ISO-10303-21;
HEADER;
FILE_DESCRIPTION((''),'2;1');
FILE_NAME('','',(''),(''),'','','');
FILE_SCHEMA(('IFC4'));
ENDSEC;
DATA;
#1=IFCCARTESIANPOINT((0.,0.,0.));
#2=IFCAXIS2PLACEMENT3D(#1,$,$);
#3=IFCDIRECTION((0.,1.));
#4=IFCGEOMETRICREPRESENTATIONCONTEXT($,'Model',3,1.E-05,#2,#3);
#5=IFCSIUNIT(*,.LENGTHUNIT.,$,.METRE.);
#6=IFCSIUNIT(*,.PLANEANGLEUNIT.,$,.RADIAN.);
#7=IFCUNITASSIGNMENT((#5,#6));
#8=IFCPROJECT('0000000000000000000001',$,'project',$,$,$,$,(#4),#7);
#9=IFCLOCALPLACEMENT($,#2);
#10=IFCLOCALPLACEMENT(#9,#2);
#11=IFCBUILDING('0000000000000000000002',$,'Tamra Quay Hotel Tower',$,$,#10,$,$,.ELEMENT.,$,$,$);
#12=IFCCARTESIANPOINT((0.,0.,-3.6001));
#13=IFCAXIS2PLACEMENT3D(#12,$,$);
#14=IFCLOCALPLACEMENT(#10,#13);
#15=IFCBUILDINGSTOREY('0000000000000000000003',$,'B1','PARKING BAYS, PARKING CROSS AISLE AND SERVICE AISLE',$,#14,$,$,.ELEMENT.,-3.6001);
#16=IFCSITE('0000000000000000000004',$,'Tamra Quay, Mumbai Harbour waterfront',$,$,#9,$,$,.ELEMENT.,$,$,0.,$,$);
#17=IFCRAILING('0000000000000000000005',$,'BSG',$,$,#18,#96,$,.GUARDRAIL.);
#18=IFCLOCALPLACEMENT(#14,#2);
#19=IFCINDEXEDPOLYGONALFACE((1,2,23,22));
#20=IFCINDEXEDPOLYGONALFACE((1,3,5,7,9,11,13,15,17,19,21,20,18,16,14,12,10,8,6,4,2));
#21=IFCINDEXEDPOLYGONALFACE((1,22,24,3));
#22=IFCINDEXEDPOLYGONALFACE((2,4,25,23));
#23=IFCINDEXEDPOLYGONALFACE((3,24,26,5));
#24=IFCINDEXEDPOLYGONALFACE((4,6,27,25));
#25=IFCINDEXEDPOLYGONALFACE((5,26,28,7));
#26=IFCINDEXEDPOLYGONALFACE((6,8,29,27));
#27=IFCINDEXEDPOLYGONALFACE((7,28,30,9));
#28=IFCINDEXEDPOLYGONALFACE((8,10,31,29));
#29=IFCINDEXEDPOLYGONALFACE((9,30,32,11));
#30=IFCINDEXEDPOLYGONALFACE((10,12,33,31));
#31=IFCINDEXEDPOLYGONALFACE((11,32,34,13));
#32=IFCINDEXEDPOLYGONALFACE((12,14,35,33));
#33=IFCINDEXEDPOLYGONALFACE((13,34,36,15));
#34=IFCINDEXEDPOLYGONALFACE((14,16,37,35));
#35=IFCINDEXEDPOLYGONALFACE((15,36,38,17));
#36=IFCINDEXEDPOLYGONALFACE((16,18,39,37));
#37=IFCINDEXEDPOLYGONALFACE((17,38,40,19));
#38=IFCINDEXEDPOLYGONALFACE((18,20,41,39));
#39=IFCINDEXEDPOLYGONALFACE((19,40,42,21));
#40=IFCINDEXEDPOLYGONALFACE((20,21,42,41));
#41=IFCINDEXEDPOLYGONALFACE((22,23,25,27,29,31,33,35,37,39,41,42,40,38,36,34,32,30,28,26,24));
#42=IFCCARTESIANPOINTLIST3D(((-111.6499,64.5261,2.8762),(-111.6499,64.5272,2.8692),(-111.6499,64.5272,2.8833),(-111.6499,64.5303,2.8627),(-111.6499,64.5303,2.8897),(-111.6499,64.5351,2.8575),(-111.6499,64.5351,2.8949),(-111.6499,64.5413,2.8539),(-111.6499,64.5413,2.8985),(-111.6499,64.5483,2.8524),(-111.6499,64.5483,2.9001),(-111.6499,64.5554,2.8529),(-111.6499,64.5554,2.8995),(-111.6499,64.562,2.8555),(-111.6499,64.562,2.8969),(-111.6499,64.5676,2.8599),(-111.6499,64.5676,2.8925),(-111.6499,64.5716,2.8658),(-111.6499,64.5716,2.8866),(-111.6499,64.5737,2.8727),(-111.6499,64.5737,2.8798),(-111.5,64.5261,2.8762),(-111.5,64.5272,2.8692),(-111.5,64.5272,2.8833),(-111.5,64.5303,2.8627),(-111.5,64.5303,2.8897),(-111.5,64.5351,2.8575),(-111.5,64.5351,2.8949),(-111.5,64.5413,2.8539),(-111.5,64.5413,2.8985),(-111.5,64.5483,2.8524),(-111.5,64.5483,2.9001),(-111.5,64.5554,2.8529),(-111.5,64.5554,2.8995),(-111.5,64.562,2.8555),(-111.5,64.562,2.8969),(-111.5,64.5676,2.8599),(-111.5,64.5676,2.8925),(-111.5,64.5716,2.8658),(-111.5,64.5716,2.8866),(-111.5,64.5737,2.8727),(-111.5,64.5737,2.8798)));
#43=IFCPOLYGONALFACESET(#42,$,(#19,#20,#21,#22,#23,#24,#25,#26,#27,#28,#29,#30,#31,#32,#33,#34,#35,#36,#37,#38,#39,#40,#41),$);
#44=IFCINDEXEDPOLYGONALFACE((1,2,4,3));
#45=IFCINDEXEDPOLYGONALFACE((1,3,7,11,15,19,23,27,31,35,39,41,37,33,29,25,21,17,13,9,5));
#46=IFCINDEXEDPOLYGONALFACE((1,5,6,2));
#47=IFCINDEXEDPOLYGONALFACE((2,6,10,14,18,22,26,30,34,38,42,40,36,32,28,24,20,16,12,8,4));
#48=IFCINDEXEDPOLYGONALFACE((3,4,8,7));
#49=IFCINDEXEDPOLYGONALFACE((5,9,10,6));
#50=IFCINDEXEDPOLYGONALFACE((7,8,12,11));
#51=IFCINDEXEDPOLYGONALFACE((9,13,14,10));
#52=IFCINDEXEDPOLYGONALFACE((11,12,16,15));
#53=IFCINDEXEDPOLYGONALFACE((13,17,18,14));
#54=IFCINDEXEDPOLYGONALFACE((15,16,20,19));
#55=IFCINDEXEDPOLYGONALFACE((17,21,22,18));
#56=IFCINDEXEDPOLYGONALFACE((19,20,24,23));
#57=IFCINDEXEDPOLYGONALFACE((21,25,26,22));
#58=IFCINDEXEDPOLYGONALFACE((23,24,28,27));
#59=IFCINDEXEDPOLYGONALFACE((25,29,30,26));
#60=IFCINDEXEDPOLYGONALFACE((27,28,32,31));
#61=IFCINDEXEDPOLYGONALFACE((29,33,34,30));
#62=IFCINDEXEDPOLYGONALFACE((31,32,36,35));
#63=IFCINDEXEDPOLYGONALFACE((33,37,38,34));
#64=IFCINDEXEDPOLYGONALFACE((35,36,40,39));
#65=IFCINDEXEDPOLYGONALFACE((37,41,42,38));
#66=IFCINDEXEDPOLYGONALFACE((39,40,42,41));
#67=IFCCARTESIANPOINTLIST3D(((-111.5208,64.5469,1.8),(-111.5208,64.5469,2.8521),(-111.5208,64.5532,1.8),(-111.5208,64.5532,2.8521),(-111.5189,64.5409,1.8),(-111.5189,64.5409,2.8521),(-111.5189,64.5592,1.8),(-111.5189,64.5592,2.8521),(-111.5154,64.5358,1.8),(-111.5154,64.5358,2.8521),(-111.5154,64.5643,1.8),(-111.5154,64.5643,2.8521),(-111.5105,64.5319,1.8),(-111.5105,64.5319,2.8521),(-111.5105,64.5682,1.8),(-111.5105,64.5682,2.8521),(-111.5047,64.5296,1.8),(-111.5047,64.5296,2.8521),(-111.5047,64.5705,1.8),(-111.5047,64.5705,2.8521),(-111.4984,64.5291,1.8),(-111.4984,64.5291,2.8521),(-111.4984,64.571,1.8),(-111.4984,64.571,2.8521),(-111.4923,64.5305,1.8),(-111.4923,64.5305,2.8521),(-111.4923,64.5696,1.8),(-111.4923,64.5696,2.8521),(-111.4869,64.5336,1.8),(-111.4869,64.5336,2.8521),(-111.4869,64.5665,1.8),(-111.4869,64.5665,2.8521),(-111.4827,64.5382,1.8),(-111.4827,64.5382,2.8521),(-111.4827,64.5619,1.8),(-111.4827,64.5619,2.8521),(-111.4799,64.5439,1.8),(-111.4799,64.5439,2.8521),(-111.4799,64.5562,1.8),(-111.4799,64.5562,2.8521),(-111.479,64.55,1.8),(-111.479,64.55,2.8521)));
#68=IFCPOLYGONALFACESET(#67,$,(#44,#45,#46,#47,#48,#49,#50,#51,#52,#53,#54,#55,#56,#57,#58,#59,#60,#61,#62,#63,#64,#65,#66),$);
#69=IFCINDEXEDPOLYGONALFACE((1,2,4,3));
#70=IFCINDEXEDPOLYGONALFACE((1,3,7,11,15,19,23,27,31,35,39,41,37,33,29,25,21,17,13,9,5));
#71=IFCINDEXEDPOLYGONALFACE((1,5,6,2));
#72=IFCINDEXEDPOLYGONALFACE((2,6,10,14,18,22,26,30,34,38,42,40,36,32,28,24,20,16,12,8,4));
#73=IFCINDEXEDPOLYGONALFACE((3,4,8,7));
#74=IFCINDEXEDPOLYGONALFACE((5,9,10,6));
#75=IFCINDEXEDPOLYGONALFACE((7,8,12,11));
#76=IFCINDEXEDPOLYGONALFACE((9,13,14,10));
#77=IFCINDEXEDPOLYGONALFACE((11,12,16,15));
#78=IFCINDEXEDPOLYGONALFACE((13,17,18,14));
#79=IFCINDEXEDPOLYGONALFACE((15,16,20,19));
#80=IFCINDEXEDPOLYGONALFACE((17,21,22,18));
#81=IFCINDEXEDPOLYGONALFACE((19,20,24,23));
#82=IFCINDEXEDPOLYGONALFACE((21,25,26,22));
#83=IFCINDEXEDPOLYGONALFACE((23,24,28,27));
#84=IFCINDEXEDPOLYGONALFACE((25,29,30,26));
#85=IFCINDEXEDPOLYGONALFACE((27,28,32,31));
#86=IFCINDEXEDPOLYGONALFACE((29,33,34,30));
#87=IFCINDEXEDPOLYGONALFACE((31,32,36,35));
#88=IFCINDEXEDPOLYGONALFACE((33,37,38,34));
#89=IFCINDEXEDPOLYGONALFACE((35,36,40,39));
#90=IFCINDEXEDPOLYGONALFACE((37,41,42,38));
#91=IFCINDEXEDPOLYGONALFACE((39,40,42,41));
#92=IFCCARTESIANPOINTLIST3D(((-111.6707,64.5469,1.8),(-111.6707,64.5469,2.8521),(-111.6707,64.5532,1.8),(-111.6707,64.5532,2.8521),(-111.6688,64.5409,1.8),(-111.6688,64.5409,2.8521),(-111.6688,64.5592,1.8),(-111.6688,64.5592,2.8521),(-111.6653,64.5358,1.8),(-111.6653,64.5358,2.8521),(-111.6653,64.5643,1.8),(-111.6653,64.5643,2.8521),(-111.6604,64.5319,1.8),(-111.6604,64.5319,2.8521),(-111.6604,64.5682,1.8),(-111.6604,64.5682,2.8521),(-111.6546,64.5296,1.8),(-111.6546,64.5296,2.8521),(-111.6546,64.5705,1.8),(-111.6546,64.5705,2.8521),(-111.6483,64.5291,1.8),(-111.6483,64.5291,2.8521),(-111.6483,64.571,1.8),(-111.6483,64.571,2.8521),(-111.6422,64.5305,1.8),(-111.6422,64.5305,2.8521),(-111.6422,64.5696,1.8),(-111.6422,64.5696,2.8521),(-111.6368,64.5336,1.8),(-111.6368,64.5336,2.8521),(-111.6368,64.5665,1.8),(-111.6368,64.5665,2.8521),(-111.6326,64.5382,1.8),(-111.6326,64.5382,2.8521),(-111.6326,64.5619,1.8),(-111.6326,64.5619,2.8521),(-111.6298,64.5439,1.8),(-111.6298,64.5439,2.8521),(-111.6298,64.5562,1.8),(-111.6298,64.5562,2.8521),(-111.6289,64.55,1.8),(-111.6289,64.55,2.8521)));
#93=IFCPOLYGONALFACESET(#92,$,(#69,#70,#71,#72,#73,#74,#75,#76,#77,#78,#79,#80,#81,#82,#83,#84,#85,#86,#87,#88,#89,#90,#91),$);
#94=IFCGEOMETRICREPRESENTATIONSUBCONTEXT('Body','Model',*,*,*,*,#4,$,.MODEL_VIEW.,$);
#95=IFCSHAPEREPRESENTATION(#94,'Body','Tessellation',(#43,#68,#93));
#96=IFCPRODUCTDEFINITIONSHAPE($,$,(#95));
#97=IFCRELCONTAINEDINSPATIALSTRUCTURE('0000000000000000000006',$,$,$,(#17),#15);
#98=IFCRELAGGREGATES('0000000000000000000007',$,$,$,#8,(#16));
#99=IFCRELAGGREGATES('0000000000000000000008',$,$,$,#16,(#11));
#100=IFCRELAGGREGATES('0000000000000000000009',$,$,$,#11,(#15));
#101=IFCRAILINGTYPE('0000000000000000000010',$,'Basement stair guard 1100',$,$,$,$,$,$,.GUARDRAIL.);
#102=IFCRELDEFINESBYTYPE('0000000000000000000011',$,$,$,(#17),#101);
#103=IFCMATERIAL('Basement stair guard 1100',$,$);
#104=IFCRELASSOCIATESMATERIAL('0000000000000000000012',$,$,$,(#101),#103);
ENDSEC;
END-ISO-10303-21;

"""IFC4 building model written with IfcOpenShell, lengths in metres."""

from ifc_helpers import new_model, si_unit, direction, frame, origin, origin_2d, place, context, subcontext, project, spatial, circle, extrude, material, type_object, element, save


model = new_model("IFC4")

# Units and contexts
model_context = context("Model", 3, precision=1e-05, world=origin(), true_north=direction((0.0, 1.0)))
body_context = subcontext(model_context, "Body", "Model", "MODEL_VIEW")
ifc_project = project(units=[si_unit("LENGTHUNIT", "METRE"), si_unit("PLANEANGLEUNIT", "RADIAN")], contexts=[model_context])

# Site, building, storey
site_placement = place(None, origin())
site = spatial("IfcSite", under=ifc_project, at=site_placement, Name="Tamra Quay, Mumbai Harbour waterfront", CompositionType="ELEMENT", RefElevation=0.0)
building_placement = place(site_placement, origin())
building = spatial("IfcBuilding", under=site, at=building_placement, Name="Tamra Quay Hotel Tower", CompositionType="ELEMENT")
storey_placement = place(building_placement, frame((0.0, 0.0, -3.6001)))
storey = spatial("IfcBuildingStorey", under=building, at=storey_placement, Name="B1", Description="PARKING BAYS, PARKING CROSS AISLE AND SERVICE AISLE", CompositionType="ELEMENT", Elevation=-3.6001)

# Railing
ifc_material_1 = material(Name="Basement stair guard 1100")
railing_type_1 = type_object("IfcRailingType", Name="Basement stair guard 1100", PredefinedType="GUARDRAIL", material=ifc_material_1)
railing_1_placement = place(storey_placement, frame((-111.5, 64.55, 1.8)))
element("IfcRailing", 1, at=railing_1_placement, inside=storey, type_object=railing_type_1, Name="BSG", PredefinedType="GUARDRAIL", context=body_context, shape_type="SweptSolid", body=[
    extrude(circle(Radius=0.0239, at=origin_2d()), frame((0.0, 0.0, 1.0762), z_axis=(-1.0, 0.0, 0.0), x_axis=(0.0, -1.0, 0.0)), (0.0, 0.0, 1.0), 0.1499),
    extrude(circle(Radius=0.021, at=origin_2d()), origin(), (0.0, 0.0, 1.0), 1.052),
    extrude(circle(Radius=0.021, at=origin_2d()), frame((-0.1499, 0.0, 0.0)), (0.0, 0.0, 1.0), 1.052),
])

save(model, "model.ifc")
